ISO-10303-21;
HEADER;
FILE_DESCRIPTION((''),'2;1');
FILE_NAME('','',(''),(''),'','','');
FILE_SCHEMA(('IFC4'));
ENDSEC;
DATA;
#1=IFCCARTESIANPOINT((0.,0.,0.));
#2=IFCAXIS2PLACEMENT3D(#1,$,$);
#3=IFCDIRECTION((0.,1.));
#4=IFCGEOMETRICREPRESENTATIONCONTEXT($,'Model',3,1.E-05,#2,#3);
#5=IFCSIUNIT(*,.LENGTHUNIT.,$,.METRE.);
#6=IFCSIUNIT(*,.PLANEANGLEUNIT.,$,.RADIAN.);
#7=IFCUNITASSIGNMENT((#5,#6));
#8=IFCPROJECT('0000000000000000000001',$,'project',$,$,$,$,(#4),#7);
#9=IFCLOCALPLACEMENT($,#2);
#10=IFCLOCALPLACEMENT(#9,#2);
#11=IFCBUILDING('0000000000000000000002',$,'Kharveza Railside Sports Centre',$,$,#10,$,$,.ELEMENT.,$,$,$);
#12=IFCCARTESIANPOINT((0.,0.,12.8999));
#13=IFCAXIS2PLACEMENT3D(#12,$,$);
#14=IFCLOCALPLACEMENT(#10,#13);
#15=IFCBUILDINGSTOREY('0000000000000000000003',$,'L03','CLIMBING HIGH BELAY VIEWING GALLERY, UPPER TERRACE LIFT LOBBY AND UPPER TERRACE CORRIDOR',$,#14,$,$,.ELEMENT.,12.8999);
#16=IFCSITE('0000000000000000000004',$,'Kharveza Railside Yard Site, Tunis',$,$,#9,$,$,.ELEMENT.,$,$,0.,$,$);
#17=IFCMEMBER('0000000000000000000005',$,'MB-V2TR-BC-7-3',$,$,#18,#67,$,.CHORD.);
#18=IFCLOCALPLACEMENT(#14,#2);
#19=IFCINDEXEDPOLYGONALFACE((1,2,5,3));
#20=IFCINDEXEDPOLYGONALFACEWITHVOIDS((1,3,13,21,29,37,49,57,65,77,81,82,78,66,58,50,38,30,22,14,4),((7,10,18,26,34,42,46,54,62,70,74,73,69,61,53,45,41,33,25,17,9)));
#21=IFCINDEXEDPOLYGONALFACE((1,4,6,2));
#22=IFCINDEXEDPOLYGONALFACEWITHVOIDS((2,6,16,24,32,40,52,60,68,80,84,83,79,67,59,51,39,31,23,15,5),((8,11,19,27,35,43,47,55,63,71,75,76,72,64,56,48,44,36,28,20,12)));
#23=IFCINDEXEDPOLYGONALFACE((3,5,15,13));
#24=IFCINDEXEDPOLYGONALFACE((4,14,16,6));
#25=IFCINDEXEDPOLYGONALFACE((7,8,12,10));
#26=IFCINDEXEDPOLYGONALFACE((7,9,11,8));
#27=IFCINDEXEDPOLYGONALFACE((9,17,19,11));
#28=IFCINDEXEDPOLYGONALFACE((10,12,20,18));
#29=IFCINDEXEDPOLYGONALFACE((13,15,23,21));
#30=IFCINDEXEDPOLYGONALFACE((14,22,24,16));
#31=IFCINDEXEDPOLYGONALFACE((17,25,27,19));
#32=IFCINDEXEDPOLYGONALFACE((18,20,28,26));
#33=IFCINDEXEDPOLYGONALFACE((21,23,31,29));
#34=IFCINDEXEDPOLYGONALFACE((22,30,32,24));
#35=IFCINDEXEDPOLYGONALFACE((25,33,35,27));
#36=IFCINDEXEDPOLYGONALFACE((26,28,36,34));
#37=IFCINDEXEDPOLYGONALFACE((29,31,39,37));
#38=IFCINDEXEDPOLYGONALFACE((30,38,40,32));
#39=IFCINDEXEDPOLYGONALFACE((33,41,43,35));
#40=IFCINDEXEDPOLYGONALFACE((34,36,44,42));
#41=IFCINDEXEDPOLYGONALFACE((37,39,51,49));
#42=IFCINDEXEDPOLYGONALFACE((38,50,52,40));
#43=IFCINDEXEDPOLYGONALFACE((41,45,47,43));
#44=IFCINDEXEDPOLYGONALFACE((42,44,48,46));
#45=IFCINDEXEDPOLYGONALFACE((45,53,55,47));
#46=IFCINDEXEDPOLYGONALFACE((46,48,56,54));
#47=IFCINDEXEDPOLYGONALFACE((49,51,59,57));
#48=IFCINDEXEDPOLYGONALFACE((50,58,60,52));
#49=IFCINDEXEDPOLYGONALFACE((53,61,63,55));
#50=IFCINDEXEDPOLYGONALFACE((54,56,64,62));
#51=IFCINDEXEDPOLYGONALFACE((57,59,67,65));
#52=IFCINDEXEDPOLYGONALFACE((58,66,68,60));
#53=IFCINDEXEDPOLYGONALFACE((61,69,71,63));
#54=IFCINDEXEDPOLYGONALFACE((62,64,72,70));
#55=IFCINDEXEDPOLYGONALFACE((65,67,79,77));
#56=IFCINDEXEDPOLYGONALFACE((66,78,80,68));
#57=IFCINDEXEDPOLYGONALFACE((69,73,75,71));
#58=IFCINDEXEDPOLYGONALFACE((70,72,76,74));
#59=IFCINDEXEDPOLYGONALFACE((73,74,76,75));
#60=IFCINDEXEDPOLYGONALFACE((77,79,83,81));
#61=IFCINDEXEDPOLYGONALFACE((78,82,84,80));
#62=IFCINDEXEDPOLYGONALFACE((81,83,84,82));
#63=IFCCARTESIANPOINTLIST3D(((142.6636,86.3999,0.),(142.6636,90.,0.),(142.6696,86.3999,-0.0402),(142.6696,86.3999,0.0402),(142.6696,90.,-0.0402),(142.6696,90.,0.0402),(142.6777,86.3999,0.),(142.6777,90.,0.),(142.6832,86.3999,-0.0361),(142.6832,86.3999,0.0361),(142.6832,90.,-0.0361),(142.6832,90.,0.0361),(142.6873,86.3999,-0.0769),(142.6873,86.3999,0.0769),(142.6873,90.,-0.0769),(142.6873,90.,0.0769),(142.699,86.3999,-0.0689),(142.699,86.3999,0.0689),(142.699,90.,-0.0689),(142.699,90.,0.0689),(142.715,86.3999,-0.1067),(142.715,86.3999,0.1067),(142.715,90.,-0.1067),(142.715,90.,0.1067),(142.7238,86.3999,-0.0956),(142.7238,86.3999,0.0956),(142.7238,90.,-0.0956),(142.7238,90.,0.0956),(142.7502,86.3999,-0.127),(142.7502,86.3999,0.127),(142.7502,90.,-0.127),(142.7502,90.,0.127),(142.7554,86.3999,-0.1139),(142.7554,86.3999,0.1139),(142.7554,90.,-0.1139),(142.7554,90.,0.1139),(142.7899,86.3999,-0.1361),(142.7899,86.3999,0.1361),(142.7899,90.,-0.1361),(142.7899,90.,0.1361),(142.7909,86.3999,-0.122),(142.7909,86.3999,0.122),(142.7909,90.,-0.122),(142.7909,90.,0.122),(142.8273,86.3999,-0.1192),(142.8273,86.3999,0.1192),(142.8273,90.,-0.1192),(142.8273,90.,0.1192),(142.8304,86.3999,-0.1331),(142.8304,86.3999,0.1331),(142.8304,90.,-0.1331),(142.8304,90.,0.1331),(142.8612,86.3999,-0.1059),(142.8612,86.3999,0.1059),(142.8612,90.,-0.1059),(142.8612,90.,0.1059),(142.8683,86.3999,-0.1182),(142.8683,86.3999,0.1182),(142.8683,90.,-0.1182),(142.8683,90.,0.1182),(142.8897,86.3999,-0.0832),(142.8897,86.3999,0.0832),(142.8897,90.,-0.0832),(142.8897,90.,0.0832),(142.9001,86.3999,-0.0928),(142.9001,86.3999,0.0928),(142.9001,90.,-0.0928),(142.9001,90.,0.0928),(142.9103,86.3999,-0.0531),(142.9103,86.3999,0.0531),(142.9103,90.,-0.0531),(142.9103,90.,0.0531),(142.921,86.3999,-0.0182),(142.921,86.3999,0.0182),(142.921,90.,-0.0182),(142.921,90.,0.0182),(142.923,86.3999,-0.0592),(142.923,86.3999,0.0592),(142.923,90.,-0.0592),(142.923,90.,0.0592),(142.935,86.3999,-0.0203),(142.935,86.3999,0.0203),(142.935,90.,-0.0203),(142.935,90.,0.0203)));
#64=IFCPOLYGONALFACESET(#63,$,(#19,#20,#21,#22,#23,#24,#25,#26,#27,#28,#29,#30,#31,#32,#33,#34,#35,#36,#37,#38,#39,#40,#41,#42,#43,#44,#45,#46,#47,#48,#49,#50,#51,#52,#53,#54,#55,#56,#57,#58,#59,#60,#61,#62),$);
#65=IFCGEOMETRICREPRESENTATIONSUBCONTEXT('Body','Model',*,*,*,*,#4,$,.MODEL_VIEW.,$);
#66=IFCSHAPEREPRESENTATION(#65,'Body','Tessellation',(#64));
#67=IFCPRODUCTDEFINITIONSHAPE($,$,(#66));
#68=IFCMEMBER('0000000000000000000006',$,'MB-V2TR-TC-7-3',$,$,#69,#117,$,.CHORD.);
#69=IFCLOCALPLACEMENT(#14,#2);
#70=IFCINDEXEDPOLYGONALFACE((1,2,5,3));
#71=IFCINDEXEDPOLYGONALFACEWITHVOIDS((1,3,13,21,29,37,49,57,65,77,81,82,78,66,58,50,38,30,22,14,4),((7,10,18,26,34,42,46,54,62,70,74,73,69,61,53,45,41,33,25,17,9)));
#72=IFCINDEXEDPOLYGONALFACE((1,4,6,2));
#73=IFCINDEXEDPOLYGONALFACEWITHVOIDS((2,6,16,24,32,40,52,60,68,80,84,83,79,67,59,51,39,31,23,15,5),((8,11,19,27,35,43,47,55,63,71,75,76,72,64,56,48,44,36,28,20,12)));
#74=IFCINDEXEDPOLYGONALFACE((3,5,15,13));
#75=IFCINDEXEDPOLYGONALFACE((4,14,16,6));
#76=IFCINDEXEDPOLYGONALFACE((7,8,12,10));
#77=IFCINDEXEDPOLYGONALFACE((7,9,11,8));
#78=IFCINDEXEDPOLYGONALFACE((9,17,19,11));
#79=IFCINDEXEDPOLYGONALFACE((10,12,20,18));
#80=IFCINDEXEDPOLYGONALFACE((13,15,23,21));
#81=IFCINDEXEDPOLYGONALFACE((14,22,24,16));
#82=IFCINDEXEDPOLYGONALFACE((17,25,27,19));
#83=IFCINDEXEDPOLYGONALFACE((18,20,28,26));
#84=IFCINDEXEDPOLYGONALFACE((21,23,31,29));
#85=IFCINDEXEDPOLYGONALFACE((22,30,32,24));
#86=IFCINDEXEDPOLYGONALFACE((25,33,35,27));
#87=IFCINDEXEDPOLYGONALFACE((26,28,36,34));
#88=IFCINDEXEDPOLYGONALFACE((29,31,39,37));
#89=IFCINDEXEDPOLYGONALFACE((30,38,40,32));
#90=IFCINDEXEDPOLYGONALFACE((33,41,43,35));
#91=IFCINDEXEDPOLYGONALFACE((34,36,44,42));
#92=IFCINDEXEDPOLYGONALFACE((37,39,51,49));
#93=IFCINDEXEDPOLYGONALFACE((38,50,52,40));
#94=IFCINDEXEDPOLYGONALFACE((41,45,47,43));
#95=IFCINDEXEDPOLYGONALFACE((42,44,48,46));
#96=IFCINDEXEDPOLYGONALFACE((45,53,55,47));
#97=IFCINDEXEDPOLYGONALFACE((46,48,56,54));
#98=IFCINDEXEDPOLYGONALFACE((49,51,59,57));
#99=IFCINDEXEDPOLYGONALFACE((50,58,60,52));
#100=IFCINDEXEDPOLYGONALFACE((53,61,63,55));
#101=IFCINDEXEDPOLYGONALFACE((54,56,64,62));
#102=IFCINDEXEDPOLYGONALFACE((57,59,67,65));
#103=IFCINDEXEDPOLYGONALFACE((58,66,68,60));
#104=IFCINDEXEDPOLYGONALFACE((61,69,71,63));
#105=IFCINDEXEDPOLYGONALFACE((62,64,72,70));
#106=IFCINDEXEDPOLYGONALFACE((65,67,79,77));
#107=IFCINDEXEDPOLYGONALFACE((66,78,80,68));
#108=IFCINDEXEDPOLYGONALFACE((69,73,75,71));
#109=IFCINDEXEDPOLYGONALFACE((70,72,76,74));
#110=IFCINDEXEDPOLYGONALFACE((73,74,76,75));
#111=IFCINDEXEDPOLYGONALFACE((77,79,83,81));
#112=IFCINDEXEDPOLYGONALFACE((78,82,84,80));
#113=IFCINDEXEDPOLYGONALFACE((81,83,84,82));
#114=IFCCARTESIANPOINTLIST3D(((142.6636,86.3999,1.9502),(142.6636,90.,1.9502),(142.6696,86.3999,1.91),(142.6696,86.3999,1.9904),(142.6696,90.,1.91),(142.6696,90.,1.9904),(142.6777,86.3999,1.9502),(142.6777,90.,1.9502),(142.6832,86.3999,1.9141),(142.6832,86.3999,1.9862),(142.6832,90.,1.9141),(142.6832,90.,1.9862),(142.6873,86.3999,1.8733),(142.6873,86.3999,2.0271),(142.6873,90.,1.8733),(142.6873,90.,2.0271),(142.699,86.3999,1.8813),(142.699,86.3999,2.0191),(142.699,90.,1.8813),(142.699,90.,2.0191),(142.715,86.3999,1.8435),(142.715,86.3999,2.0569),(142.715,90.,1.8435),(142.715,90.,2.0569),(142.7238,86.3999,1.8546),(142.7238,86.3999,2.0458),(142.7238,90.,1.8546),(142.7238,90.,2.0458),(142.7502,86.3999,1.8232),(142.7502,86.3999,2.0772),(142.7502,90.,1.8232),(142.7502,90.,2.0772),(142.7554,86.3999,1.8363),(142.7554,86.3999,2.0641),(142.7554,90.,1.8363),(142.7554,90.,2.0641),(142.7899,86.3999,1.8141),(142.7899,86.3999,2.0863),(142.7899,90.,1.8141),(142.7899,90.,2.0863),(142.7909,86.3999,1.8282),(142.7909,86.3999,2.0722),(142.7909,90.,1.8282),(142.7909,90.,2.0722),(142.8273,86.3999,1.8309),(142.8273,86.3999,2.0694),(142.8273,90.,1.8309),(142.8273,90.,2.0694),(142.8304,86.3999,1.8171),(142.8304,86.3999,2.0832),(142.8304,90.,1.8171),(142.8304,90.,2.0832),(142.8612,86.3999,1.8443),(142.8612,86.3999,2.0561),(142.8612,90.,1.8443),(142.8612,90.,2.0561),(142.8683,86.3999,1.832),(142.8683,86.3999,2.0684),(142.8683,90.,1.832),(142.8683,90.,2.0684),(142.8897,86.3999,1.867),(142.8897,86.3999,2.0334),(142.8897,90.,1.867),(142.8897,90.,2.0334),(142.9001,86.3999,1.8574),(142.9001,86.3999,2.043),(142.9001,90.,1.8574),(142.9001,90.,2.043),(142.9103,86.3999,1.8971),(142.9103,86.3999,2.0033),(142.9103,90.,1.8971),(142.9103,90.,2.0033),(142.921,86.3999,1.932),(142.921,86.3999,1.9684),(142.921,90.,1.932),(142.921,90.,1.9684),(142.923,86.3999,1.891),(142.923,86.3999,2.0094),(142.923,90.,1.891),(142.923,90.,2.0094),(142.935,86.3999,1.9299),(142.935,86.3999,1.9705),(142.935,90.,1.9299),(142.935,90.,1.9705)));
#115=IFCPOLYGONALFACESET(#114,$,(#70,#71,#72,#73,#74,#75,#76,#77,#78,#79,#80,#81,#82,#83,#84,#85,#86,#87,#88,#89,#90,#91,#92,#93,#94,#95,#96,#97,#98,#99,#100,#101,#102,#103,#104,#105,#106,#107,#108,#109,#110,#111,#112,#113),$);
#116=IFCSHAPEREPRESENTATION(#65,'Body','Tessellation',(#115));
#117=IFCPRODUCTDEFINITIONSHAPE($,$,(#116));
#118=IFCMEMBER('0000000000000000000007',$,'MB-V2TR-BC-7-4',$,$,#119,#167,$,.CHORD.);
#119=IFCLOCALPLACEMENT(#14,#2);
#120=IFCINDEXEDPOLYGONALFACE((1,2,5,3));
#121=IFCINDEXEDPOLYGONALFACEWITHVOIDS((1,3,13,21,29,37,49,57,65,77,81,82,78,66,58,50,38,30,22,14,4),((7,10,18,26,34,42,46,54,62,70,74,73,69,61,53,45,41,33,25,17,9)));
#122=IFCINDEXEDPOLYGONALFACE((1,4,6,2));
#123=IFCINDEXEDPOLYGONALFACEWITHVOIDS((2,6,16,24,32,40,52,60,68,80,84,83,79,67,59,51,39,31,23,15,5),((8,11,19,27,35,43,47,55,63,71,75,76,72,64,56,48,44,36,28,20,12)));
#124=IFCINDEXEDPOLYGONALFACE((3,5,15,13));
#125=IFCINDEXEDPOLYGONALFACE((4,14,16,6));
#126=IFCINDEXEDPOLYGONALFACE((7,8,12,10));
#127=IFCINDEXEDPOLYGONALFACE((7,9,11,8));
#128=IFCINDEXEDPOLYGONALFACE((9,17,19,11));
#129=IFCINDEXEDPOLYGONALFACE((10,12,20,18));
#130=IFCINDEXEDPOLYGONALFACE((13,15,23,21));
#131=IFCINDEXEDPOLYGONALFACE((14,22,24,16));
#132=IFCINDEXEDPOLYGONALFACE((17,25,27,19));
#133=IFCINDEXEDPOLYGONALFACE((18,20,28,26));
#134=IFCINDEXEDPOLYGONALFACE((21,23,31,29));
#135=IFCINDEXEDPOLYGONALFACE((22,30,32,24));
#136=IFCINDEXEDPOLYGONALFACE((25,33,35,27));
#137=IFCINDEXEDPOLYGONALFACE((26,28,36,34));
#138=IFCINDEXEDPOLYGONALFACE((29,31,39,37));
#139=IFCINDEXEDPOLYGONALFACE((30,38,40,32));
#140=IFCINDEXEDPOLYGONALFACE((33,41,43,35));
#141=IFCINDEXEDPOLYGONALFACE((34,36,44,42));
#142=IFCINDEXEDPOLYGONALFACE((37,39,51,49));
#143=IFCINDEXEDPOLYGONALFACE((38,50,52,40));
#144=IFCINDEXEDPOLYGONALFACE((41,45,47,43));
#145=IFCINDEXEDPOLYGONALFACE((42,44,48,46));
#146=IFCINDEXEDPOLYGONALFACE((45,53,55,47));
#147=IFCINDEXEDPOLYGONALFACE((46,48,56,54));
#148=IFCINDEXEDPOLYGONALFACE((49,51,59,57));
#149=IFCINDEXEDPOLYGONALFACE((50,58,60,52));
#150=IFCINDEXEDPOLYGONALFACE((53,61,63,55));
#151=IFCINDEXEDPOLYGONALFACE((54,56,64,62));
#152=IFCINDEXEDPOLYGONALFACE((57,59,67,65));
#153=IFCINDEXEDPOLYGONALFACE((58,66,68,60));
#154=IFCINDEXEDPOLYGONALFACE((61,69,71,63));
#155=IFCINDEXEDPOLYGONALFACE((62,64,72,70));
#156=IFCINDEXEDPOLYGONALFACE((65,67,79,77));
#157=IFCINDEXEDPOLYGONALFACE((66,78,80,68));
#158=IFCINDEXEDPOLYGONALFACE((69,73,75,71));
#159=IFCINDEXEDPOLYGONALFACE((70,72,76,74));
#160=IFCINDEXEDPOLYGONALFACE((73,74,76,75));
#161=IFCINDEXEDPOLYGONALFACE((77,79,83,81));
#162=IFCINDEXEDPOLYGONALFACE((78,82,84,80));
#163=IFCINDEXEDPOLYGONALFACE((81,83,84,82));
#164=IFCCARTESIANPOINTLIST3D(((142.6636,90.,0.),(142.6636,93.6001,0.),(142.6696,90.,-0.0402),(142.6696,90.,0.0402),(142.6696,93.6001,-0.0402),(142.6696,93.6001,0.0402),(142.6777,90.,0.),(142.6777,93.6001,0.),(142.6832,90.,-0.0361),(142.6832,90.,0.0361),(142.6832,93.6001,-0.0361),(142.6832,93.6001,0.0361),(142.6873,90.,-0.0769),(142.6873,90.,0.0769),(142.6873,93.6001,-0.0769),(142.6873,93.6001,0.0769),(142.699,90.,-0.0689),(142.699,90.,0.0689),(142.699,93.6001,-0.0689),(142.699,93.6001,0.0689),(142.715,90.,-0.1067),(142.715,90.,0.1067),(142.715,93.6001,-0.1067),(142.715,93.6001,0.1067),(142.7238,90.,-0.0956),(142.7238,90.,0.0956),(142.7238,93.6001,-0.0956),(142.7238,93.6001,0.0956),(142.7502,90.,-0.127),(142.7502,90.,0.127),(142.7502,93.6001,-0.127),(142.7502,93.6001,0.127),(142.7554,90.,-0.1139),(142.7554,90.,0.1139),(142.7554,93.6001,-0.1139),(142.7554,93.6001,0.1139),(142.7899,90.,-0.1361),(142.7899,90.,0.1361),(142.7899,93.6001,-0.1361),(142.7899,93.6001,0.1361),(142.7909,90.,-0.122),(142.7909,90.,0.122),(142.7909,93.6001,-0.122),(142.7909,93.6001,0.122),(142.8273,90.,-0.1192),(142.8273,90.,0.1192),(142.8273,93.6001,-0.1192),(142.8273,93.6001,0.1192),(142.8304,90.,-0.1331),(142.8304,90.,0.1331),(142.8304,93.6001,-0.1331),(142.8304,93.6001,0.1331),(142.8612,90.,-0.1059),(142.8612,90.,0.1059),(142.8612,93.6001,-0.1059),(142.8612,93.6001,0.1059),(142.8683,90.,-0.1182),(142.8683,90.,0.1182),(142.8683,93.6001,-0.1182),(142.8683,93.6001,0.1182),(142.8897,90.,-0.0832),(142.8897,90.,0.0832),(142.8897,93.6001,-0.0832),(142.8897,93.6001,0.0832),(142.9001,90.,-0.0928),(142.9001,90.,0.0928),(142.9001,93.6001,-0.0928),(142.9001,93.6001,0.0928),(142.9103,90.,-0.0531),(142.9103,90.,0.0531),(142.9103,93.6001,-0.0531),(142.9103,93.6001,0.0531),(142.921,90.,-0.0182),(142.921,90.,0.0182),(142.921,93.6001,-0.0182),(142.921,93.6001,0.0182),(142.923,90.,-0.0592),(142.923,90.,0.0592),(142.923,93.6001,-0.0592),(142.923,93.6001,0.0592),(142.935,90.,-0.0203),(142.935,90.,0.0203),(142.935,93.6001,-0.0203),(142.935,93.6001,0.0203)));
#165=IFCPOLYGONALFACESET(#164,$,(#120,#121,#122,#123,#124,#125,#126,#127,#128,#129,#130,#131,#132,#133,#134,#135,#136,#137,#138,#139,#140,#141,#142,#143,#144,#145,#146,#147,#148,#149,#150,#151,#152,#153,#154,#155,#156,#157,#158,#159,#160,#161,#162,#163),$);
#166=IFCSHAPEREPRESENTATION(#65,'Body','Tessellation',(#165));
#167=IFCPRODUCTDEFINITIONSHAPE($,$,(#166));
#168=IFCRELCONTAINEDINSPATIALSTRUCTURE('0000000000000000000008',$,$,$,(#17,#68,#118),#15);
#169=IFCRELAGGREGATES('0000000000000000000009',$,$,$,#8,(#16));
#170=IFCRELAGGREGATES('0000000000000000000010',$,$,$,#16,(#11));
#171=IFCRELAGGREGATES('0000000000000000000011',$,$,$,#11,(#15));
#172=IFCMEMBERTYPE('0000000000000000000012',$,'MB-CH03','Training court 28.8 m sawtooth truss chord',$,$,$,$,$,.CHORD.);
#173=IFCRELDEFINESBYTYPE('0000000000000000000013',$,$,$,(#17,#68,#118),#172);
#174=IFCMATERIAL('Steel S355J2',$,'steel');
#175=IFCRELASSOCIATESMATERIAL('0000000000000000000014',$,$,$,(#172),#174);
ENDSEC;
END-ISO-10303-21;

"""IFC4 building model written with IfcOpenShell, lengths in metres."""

from ifc_helpers import new_model, si_unit, direction, frame, origin, origin_2d, place, context, subcontext, project, spatial, hollow_circle, extrude, material, material_profile, profile_set, type_object, element, save


model = new_model("IFC4")

# Units and contexts
model_context = context("Model", 3, precision=1e-05, world=origin(), true_north=direction((0.0, 1.0)))
body_context = subcontext(model_context, "Body", "Model", "MODEL_VIEW")
ifc_project = project(units=[si_unit("LENGTHUNIT", "METRE"), si_unit("PLANEANGLEUNIT", "RADIAN")], contexts=[model_context])

# Site, building, storey
site_placement = place(None, origin())
site = spatial("IfcSite", under=ifc_project, at=site_placement, Name="Kharveza Railside Yard Site, Tunis", CompositionType="ELEMENT", RefElevation=0.0)
building_placement = place(site_placement, origin())
building = spatial("IfcBuilding", under=site, at=building_placement, Name="Kharveza Railside Sports Centre", CompositionType="ELEMENT")
storey_placement = place(building_placement, frame((0.0, 0.0, 12.8999)))
storey = spatial("IfcBuildingStorey", under=building, at=storey_placement, Name="L03", Description="CLIMBING HIGH BELAY VIEWING GALLERY, UPPER TERRACE LIFT LOBBY AND UPPER TERRACE CORRIDOR", CompositionType="ELEMENT", Elevation=12.8999)

# Shared definitions
ifc_material_1 = material(Name="Steel S355J2", Category="steel")

# Members
ifc_material_profile_1 = material_profile(ifc_material_1, hollow_circle(Radius=0.1365, WallThickness=0.0142, at=origin_2d()), Name="CHS 273.0x14.2")
ifc_profile_set_1 = profile_set([ifc_material_profile_1], Name="Steel S355J2")
member_type_1 = type_object("IfcMemberType", Name="MB-CH03", Description="Training court 28.8 m sawtooth truss chord", PredefinedType="CHORD", material=ifc_profile_set_1)
for number, where, z_axis, x_axis, name in (
    (1, (142.8, 86.3999, 0.0), (0.0, 1.0, 0.0), (-1.0, 0.0, 0.0), "MB-V2TR-BC-7-3"),
    (2, (142.8, 86.3999, 1.9502), (0.0, 1.0, 0.0), (-1.0, 0.0, 0.0), "MB-V2TR-TC-7-3"),
    (3, (142.8, 90.0, 0.0), (0.0, 1.0, 0.0), (-1.0, 0.0, 0.0), "MB-V2TR-BC-7-4"),
):
    element("IfcMember", number, at=place(storey_placement, frame(where, z_axis=z_axis, x_axis=x_axis)), inside=storey, type_object=member_type_1, Name=name, PredefinedType="CHORD", context=body_context, shape_type="SweptSolid", body=[
        extrude(hollow_circle(Radius=0.1365, WallThickness=0.0142, at=origin_2d()), origin(), (0.0, 0.0, 1.0), 3.6001),
    ])

save(model, "model.ifc")
